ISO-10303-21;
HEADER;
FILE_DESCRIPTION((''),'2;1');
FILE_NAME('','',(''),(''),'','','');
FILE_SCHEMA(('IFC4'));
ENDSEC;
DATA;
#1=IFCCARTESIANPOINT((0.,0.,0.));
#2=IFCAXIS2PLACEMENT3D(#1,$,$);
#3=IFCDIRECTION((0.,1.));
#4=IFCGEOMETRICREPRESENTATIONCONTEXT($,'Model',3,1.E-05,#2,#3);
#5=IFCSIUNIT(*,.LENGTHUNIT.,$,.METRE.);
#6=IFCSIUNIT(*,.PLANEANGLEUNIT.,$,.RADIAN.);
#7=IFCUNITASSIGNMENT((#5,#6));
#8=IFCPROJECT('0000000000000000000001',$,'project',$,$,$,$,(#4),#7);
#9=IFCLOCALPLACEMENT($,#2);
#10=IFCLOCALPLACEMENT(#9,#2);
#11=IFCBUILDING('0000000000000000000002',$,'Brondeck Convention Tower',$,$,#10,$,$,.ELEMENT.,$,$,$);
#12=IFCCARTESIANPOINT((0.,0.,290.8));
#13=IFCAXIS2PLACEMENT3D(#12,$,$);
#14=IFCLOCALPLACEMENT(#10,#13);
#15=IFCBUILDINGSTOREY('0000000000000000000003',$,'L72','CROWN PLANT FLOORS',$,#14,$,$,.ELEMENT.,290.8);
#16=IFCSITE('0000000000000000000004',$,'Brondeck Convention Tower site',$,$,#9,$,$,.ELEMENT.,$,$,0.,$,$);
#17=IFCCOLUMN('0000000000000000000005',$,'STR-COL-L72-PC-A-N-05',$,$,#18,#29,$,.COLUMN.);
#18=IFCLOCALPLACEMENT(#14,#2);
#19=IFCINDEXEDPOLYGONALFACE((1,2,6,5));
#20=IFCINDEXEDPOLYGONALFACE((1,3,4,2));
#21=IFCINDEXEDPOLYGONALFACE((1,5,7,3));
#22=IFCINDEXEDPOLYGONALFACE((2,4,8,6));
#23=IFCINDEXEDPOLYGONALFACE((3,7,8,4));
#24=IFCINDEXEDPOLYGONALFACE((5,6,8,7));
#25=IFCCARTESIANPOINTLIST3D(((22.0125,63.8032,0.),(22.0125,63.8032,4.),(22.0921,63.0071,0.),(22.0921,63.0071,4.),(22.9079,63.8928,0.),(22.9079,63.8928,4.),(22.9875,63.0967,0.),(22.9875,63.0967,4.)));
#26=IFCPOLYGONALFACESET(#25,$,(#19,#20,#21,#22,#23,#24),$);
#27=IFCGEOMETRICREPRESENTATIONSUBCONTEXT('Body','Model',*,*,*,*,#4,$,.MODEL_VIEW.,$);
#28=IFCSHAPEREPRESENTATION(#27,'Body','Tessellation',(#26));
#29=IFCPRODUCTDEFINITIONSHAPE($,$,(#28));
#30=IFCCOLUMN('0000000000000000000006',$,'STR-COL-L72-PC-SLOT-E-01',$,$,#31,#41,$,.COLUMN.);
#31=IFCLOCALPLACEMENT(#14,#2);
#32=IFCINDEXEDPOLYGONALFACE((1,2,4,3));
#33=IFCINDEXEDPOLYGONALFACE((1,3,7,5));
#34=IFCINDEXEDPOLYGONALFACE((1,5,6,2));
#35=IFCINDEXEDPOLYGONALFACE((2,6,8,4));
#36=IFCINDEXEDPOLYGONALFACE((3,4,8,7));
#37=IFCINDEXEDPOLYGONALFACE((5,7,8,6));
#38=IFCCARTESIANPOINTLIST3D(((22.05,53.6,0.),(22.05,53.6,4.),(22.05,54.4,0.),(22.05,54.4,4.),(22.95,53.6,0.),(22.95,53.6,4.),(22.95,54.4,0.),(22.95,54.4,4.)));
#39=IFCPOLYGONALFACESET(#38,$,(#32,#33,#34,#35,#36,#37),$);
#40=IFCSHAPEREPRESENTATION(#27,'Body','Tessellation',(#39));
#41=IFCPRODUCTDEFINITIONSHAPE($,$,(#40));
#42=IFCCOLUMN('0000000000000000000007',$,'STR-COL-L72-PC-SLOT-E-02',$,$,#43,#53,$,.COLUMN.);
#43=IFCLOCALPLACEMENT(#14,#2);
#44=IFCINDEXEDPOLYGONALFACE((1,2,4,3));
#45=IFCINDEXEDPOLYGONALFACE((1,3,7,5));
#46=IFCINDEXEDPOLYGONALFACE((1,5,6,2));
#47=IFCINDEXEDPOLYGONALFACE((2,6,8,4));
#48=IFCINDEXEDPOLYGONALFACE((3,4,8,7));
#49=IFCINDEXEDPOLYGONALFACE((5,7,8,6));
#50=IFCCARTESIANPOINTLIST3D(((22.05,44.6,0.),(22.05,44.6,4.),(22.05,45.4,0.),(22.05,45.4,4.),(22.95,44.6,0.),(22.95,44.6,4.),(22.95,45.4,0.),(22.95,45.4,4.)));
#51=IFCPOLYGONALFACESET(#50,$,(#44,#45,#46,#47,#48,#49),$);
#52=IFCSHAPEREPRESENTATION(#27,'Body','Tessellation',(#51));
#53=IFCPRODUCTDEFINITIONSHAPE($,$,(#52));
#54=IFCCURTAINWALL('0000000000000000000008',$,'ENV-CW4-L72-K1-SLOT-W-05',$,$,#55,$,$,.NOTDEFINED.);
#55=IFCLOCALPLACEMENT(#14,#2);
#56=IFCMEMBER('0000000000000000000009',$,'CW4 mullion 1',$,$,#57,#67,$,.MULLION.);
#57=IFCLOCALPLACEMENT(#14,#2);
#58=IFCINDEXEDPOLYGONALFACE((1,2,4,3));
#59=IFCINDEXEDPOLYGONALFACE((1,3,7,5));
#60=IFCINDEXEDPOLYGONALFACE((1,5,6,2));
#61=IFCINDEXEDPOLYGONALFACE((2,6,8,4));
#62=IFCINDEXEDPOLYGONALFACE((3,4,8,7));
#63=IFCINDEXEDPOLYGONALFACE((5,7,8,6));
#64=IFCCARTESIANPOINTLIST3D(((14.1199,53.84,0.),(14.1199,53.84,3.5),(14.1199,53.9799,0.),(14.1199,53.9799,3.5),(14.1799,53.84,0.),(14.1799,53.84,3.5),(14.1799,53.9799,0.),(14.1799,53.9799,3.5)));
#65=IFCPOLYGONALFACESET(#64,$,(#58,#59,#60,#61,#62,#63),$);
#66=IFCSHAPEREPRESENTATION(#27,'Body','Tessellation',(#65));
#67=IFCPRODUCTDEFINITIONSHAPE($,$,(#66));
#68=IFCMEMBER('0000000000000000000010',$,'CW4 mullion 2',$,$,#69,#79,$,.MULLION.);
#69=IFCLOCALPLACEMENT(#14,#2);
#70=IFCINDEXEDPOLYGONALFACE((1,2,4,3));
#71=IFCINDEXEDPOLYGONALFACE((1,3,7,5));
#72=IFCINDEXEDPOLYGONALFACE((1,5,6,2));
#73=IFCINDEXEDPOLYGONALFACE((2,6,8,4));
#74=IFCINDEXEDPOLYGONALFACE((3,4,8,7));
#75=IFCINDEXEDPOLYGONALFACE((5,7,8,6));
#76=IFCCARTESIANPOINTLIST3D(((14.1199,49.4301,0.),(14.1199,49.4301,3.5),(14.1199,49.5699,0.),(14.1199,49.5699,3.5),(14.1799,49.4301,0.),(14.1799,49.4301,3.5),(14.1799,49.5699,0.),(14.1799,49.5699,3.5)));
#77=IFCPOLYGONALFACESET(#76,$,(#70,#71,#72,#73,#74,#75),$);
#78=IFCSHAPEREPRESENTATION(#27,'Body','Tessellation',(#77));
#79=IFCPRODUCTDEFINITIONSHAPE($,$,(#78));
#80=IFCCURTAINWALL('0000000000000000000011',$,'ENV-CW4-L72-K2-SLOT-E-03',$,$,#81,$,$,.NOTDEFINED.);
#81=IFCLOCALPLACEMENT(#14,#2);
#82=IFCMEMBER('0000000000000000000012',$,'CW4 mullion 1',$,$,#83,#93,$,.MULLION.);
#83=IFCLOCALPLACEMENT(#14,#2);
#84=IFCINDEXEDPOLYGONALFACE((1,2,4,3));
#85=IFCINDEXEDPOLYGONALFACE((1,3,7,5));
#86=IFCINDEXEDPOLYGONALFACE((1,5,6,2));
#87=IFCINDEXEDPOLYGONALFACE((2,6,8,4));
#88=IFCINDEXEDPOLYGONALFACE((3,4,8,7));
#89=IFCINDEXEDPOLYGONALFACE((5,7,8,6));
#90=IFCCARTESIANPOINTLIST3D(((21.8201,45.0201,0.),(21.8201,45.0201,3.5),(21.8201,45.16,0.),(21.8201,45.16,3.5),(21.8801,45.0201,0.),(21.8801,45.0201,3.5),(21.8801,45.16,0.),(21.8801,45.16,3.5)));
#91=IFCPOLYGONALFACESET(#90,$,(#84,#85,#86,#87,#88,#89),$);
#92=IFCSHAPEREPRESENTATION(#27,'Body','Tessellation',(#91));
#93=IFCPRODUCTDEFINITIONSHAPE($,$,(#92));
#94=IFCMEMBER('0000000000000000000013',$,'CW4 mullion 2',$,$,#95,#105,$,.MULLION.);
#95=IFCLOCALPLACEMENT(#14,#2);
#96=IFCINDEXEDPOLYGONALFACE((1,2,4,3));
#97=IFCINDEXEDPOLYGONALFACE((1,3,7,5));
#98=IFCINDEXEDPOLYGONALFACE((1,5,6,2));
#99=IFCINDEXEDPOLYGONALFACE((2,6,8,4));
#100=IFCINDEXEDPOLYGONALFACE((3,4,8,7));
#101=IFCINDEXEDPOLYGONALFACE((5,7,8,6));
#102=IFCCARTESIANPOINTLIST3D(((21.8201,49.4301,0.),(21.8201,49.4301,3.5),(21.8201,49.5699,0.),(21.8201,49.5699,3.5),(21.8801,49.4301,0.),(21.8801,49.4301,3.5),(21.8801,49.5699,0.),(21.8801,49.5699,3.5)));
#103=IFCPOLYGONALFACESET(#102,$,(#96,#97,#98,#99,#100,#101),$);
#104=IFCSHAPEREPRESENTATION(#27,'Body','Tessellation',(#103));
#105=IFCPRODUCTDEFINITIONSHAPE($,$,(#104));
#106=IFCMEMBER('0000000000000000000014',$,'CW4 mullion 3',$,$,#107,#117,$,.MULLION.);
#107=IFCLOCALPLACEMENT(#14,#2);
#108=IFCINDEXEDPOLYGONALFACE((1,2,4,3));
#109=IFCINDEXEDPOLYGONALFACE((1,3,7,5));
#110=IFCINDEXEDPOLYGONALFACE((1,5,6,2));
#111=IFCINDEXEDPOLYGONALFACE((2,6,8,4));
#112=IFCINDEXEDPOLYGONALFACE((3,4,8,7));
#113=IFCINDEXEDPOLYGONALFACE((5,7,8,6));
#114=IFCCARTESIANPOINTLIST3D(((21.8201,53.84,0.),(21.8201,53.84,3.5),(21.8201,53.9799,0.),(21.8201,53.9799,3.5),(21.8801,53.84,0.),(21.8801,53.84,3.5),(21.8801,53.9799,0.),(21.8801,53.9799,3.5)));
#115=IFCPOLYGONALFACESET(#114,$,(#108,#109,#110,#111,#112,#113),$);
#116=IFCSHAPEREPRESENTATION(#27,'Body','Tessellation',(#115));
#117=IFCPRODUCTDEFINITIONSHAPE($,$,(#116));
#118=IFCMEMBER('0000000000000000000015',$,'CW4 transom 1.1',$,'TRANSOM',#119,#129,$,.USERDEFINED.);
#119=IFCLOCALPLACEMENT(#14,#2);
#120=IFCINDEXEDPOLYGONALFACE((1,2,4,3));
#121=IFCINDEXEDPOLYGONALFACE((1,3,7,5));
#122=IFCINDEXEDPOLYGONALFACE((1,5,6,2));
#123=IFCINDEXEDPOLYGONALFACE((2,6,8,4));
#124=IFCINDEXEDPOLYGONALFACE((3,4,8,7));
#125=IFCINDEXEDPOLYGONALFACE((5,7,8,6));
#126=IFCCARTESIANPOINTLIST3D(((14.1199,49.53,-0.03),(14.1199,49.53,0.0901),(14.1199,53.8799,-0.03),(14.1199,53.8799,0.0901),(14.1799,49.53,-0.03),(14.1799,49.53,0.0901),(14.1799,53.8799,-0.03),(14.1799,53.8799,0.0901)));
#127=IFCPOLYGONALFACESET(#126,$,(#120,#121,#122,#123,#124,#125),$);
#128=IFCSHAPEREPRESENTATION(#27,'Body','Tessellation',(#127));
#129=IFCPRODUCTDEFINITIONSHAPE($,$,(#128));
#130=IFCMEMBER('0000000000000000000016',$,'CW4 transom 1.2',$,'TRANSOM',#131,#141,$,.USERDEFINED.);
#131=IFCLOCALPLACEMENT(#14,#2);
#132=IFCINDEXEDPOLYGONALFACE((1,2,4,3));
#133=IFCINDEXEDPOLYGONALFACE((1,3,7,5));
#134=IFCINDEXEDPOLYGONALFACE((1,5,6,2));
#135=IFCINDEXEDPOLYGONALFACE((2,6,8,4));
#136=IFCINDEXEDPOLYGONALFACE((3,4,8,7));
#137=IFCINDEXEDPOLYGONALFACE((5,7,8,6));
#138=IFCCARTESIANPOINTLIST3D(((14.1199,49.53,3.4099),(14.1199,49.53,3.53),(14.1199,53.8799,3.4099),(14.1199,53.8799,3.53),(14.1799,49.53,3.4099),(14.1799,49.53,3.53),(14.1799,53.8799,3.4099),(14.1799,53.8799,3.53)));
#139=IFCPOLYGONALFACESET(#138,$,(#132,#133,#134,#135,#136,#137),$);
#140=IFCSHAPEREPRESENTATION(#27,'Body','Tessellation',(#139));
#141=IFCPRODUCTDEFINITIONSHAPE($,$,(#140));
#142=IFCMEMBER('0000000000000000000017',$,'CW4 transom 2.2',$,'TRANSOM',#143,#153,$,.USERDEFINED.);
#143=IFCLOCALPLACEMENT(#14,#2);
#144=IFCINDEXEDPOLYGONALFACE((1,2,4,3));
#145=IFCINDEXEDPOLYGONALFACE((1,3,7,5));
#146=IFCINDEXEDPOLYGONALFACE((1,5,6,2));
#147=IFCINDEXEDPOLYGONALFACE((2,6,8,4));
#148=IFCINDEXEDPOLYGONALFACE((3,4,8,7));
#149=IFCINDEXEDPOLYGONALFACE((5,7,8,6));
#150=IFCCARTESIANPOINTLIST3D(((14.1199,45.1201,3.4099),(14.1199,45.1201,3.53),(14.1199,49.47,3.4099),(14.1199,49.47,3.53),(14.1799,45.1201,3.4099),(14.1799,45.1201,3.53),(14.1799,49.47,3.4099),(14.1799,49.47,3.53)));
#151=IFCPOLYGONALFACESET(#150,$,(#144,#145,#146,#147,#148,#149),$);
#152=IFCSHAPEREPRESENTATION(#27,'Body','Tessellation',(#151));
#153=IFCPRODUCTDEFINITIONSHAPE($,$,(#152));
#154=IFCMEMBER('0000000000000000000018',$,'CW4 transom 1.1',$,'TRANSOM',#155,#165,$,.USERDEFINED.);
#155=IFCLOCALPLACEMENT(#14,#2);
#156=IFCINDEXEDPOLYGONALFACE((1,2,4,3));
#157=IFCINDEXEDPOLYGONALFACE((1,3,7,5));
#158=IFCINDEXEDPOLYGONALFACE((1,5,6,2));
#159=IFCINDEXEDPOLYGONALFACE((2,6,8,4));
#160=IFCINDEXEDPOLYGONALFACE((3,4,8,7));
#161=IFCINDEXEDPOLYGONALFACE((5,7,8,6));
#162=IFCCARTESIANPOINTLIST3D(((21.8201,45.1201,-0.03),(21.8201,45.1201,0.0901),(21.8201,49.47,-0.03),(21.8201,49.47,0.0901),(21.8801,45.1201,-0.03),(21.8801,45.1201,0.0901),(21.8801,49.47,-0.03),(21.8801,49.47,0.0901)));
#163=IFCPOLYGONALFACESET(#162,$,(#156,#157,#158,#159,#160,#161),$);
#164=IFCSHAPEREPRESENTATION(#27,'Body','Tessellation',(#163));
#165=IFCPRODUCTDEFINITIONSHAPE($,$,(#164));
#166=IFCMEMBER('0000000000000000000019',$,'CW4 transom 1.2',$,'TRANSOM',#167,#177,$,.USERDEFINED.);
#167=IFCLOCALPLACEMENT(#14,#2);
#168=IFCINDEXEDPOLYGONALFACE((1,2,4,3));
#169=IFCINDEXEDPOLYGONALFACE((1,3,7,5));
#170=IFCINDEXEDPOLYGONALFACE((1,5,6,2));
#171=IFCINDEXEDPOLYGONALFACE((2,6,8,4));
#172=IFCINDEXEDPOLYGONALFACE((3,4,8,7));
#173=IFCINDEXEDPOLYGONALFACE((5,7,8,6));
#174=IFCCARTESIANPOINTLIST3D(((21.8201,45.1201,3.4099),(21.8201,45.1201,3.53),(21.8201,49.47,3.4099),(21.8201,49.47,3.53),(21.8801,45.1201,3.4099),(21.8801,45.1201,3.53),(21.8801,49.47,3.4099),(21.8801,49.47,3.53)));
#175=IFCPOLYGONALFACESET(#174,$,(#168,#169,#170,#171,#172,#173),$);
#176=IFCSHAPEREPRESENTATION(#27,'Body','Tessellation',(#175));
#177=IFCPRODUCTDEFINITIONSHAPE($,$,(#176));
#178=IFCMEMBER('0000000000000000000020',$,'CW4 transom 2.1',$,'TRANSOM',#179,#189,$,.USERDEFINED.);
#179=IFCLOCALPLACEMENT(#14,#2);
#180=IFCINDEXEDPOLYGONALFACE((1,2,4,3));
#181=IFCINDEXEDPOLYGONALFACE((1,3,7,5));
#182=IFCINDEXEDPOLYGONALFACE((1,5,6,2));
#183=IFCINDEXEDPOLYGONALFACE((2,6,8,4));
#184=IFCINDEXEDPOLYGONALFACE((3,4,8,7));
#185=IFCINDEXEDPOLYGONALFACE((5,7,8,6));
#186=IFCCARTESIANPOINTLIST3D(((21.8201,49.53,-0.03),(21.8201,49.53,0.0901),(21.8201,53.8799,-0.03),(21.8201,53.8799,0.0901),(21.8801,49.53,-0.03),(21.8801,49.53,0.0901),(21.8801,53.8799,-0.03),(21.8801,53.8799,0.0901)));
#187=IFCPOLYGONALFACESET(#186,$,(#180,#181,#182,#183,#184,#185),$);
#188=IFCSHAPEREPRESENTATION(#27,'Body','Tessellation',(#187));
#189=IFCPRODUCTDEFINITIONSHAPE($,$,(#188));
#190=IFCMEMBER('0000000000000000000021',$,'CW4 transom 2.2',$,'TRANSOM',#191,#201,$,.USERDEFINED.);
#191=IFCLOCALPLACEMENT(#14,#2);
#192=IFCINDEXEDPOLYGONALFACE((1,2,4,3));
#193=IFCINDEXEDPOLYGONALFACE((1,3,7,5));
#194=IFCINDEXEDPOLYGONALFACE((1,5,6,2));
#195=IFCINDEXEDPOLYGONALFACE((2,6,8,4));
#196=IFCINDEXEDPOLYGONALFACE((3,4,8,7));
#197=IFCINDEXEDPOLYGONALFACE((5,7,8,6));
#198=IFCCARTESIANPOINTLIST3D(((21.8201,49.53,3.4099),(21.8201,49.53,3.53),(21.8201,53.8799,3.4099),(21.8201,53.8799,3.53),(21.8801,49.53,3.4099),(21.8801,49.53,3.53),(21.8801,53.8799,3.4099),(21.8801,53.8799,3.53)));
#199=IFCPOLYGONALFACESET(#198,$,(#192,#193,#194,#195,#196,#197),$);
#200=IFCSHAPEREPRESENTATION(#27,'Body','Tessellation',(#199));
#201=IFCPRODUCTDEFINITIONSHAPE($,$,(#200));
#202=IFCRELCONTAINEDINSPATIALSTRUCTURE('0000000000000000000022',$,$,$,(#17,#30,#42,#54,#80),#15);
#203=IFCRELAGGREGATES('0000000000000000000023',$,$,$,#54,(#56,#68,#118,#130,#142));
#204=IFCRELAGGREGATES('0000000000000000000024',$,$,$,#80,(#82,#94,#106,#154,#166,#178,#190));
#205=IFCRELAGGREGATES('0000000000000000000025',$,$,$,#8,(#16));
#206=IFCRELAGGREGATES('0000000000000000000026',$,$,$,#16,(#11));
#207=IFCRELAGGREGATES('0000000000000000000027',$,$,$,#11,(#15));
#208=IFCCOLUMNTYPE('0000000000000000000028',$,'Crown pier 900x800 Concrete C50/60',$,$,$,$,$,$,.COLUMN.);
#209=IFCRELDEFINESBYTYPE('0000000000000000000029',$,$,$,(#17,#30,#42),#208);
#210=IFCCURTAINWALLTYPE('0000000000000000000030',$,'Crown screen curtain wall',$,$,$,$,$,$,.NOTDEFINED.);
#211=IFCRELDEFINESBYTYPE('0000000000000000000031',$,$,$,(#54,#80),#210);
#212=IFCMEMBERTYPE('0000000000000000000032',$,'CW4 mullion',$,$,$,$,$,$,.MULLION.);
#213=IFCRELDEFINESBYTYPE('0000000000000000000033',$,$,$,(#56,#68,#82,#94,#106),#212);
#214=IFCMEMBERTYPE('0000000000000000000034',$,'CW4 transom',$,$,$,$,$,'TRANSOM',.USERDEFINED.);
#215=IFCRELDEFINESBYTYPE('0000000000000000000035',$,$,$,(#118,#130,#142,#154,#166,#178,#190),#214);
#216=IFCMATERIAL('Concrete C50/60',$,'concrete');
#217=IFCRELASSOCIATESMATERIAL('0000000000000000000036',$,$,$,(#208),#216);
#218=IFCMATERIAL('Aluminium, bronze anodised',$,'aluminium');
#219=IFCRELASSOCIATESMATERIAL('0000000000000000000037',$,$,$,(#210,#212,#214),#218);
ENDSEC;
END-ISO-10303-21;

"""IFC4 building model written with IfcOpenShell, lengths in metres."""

from ifc_helpers import new_model, si_unit, direction, frame, origin, origin_2d, place, context, subcontext, project, spatial, rectangle, extrude, material, material_profile, profile_set, type_object, element, aggregate, save


model = new_model("IFC4")

# Units and contexts
model_context = context("Model", 3, precision=1e-05, world=origin(), true_north=direction((0.0, 1.0)))
body_context = subcontext(model_context, "Body", "Model", "MODEL_VIEW")
ifc_project = project(units=[si_unit("LENGTHUNIT", "METRE"), si_unit("PLANEANGLEUNIT", "RADIAN")], contexts=[model_context])

# Site, building, storey
site_placement = place(None, origin())
site = spatial("IfcSite", under=ifc_project, at=site_placement, Name="Brondeck Convention Tower site", CompositionType="ELEMENT", RefElevation=0.0)
building_placement = place(site_placement, origin())
building = spatial("IfcBuilding", under=site, at=building_placement, Name="Brondeck Convention Tower", CompositionType="ELEMENT")
storey_placement = place(building_placement, frame((0.0, 0.0, 290.8)))
storey = spatial("IfcBuildingStorey", under=building, at=storey_placement, Name="L72", Description="CROWN PLANT FLOORS", CompositionType="ELEMENT", Elevation=290.8)

# Columns
ifc_material_1 = material(Name="Concrete C50/60", Category="concrete")
ifc_material_profile_1 = material_profile(ifc_material_1, rectangle(XDim=0.8999, YDim=0.8, at=origin_2d()), Name="Crown pier 900x800 Concrete C50/60")
ifc_profile_set_1 = profile_set([ifc_material_profile_1], Name="Concrete C50/60")
column_type = type_object("IfcColumnType", Name="Crown pier 900x800 Concrete C50/60", PredefinedType="COLUMN", material=ifc_profile_set_1)
for number, where, z_axis, x_axis, name in (
    (1, (22.5, 63.45, 0.0), (0.0, 0.0, 1.0), (-0.995037, -0.099504, 0.0), "STR-COL-L72-PC-A-N-05"),
    (2, (22.5, 54.0, 0.0), (0.0, 0.0, 1.0), (1.0, 0.0, 0.0), "STR-COL-L72-PC-SLOT-E-01"),
    (3, (22.5, 45.0, 0.0), (0.0, 0.0, 1.0), (1.0, 0.0, 0.0), "STR-COL-L72-PC-SLOT-E-02"),
):
    element("IfcColumn", number, at=place(storey_placement, frame(where, z_axis=z_axis, x_axis=x_axis)), inside=storey, type_object=column_type, Name=name, PredefinedType="COLUMN", context=body_context, shape_type="SweptSolid", body=[
        extrude(rectangle(XDim=0.8999, YDim=0.8, at=origin_2d()), origin(), (0.0, 0.0, 1.0), 4.0),
    ])

# Curtain walls, members
ifc_material_2 = material(Name="Aluminium, bronze anodised", Category="aluminium")
curtain_wall_type = type_object("IfcCurtainWallType", Name="Crown screen curtain wall", PredefinedType="NOTDEFINED", material=ifc_material_2)
curtain_wall_1_placement = place(storey_placement, origin())
curtain_wall_1 = element("IfcCurtainWall", 4, at=curtain_wall_1_placement, inside=storey, type_object=curtain_wall_type, Name="ENV-CW4-L72-K1-SLOT-W-05", PredefinedType="NOTDEFINED")
ifc_material_profile_2 = material_profile(ifc_material_2, rectangle(XDim=0.0601, YDim=0.1399, at=origin_2d()), Name="CW4 mullion")
ifc_profile_set_2 = profile_set([ifc_material_profile_2], Name="Aluminium, bronze anodised")
member_type_1 = type_object("IfcMemberType", Name="CW4 mullion", PredefinedType="MULLION", material=ifc_profile_set_2)
member_1_placement = place(storey_placement, frame((14.1499, 53.9099, 0.0), z_axis=(0.0, 0.0, 1.0), x_axis=(1.0, 0.0, 0.0)))
member_1 = element("IfcMember", 5, at=member_1_placement, type_object=member_type_1, Name="CW4 mullion 1", PredefinedType="MULLION", context=body_context, shape_type="SweptSolid", body=[
    extrude(rectangle(XDim=0.0601, YDim=0.1399, at=origin_2d()), origin(), (0.0, 0.0, 1.0), 3.5),
])
member_2_placement = place(storey_placement, frame((14.1499, 49.5, 0.0), z_axis=(0.0, 0.0, 1.0), x_axis=(1.0, 0.0, 0.0)))
member_2 = element("IfcMember", 6, at=member_2_placement, type_object=member_type_1, Name="CW4 mullion 2", PredefinedType="MULLION", context=body_context, shape_type="SweptSolid", body=[
    extrude(rectangle(XDim=0.0601, YDim=0.1399, at=origin_2d()), origin(), (0.0, 0.0, 1.0), 3.5),
])
curtain_wall_2_placement = place(storey_placement, origin())
curtain_wall_2 = element("IfcCurtainWall", 7, at=curtain_wall_2_placement, inside=storey, type_object=curtain_wall_type, Name="ENV-CW4-L72-K2-SLOT-E-03", PredefinedType="NOTDEFINED")
member_3_placement = place(storey_placement, frame((21.8501, 45.0901, 0.0), z_axis=(0.0, 0.0, 1.0), x_axis=(-1.0, 0.0, 0.0)))
member_3 = element("IfcMember", 8, at=member_3_placement, type_object=member_type_1, Name="CW4 mullion 1", PredefinedType="MULLION", context=body_context, shape_type="SweptSolid", body=[
    extrude(rectangle(XDim=0.0601, YDim=0.1399, at=origin_2d()), origin(), (0.0, 0.0, 1.0), 3.5),
])
member_4_placement = place(storey_placement, frame((21.8501, 49.5, 0.0), z_axis=(0.0, 0.0, 1.0), x_axis=(-1.0, 0.0, 0.0)))
member_4 = element("IfcMember", 9, at=member_4_placement, type_object=member_type_1, Name="CW4 mullion 2", PredefinedType="MULLION", context=body_context, shape_type="SweptSolid", body=[
    extrude(rectangle(XDim=0.0601, YDim=0.1399, at=origin_2d()), origin(), (0.0, 0.0, 1.0), 3.5),
])
member_5_placement = place(storey_placement, frame((21.8501, 53.9099, 0.0), z_axis=(0.0, 0.0, 1.0), x_axis=(-1.0, 0.0, 0.0)))
member_5 = element("IfcMember", 10, at=member_5_placement, type_object=member_type_1, Name="CW4 mullion 3", PredefinedType="MULLION", context=body_context, shape_type="SweptSolid", body=[
    extrude(rectangle(XDim=0.0601, YDim=0.1399, at=origin_2d()), origin(), (0.0, 0.0, 1.0), 3.5),
])

# Members
ifc_material_profile_3 = material_profile(ifc_material_2, rectangle(XDim=0.0601, YDim=0.1201, at=origin_2d()), Name="CW4 transom")
ifc_profile_set_3 = profile_set([ifc_material_profile_3], Name="Aluminium, bronze anodised")
member_type_2 = type_object("IfcMemberType", Name="CW4 transom", ElementType="TRANSOM", PredefinedType="USERDEFINED", material=ifc_profile_set_3)
member_6_placement = place(storey_placement, frame((14.1499, 53.8799, 0.03), z_axis=(0.0, -1.0, 0.0), x_axis=(1.0, 0.0, 0.0)))
member_6 = element("IfcMember", 11, at=member_6_placement, type_object=member_type_2, Name="CW4 transom 1.1", ObjectType="TRANSOM", PredefinedType="USERDEFINED", context=body_context, shape_type="SweptSolid", body=[
    extrude(rectangle(XDim=0.0601, YDim=0.1201, at=origin_2d()), origin(), (0.0, 0.0, 1.0), 4.3499),
])
member_7_placement = place(storey_placement, frame((14.1499, 53.8799, 3.47), z_axis=(0.0, -1.0, 0.0), x_axis=(1.0, 0.0, 0.0)))
member_7 = element("IfcMember", 12, at=member_7_placement, type_object=member_type_2, Name="CW4 transom 1.2", ObjectType="TRANSOM", PredefinedType="USERDEFINED", context=body_context, shape_type="SweptSolid", body=[
    extrude(rectangle(XDim=0.0601, YDim=0.1201, at=origin_2d()), origin(), (0.0, 0.0, 1.0), 4.3499),
])
member_8_placement = place(storey_placement, frame((14.1499, 49.47, 3.47), z_axis=(0.0, -1.0, 0.0), x_axis=(1.0, 0.0, 0.0)))
member_8 = element("IfcMember", 13, at=member_8_placement, type_object=member_type_2, Name="CW4 transom 2.2", ObjectType="TRANSOM", PredefinedType="USERDEFINED", context=body_context, shape_type="SweptSolid", body=[
    extrude(rectangle(XDim=0.0601, YDim=0.1201, at=origin_2d()), origin(), (0.0, 0.0, 1.0), 4.3499),
])
member_9_placement = place(storey_placement, frame((21.8501, 45.1201, 0.03), z_axis=(0.0, 1.0, 0.0), x_axis=(-1.0, 0.0, 0.0)))
member_9 = element("IfcMember", 14, at=member_9_placement, type_object=member_type_2, Name="CW4 transom 1.1", ObjectType="TRANSOM", PredefinedType="USERDEFINED", context=body_context, shape_type="SweptSolid", body=[
    extrude(rectangle(XDim=0.0601, YDim=0.1201, at=origin_2d()), origin(), (0.0, 0.0, 1.0), 4.3499),
])
member_10_placement = place(storey_placement, frame((21.8501, 45.1201, 3.47), z_axis=(0.0, 1.0, 0.0), x_axis=(-1.0, 0.0, 0.0)))
member_10 = element("IfcMember", 15, at=member_10_placement, type_object=member_type_2, Name="CW4 transom 1.2", ObjectType="TRANSOM", PredefinedType="USERDEFINED", context=body_context, shape_type="SweptSolid", body=[
    extrude(rectangle(XDim=0.0601, YDim=0.1201, at=origin_2d()), origin(), (0.0, 0.0, 1.0), 4.3499),
])
member_11_placement = place(storey_placement, frame((21.8501, 49.53, 0.03), z_axis=(0.0, 1.0, 0.0), x_axis=(-1.0, 0.0, 0.0)))
member_11 = element("IfcMember", 16, at=member_11_placement, type_object=member_type_2, Name="CW4 transom 2.1", ObjectType="TRANSOM", PredefinedType="USERDEFINED", context=body_context, shape_type="SweptSolid", body=[
    extrude(rectangle(XDim=0.0601, YDim=0.1201, at=origin_2d()), origin(), (0.0, 0.0, 1.0), 4.3499),
])
member_12_placement = place(storey_placement, frame((21.8501, 49.53, 3.47), z_axis=(0.0, 1.0, 0.0), x_axis=(-1.0, 0.0, 0.0)))
member_12 = element("IfcMember", 17, at=member_12_placement, type_object=member_type_2, Name="CW4 transom 2.2", ObjectType="TRANSOM", PredefinedType="USERDEFINED", context=body_context, shape_type="SweptSolid", body=[
    extrude(rectangle(XDim=0.0601, YDim=0.1201, at=origin_2d()), origin(), (0.0, 0.0, 1.0), 4.3499),
])

aggregate(curtain_wall_1, [member_1, member_2, member_6, member_7, member_8])
aggregate(curtain_wall_2, [member_3, member_4, member_5, member_9, member_10, member_11, member_12])

save(model, "model.ifc")
